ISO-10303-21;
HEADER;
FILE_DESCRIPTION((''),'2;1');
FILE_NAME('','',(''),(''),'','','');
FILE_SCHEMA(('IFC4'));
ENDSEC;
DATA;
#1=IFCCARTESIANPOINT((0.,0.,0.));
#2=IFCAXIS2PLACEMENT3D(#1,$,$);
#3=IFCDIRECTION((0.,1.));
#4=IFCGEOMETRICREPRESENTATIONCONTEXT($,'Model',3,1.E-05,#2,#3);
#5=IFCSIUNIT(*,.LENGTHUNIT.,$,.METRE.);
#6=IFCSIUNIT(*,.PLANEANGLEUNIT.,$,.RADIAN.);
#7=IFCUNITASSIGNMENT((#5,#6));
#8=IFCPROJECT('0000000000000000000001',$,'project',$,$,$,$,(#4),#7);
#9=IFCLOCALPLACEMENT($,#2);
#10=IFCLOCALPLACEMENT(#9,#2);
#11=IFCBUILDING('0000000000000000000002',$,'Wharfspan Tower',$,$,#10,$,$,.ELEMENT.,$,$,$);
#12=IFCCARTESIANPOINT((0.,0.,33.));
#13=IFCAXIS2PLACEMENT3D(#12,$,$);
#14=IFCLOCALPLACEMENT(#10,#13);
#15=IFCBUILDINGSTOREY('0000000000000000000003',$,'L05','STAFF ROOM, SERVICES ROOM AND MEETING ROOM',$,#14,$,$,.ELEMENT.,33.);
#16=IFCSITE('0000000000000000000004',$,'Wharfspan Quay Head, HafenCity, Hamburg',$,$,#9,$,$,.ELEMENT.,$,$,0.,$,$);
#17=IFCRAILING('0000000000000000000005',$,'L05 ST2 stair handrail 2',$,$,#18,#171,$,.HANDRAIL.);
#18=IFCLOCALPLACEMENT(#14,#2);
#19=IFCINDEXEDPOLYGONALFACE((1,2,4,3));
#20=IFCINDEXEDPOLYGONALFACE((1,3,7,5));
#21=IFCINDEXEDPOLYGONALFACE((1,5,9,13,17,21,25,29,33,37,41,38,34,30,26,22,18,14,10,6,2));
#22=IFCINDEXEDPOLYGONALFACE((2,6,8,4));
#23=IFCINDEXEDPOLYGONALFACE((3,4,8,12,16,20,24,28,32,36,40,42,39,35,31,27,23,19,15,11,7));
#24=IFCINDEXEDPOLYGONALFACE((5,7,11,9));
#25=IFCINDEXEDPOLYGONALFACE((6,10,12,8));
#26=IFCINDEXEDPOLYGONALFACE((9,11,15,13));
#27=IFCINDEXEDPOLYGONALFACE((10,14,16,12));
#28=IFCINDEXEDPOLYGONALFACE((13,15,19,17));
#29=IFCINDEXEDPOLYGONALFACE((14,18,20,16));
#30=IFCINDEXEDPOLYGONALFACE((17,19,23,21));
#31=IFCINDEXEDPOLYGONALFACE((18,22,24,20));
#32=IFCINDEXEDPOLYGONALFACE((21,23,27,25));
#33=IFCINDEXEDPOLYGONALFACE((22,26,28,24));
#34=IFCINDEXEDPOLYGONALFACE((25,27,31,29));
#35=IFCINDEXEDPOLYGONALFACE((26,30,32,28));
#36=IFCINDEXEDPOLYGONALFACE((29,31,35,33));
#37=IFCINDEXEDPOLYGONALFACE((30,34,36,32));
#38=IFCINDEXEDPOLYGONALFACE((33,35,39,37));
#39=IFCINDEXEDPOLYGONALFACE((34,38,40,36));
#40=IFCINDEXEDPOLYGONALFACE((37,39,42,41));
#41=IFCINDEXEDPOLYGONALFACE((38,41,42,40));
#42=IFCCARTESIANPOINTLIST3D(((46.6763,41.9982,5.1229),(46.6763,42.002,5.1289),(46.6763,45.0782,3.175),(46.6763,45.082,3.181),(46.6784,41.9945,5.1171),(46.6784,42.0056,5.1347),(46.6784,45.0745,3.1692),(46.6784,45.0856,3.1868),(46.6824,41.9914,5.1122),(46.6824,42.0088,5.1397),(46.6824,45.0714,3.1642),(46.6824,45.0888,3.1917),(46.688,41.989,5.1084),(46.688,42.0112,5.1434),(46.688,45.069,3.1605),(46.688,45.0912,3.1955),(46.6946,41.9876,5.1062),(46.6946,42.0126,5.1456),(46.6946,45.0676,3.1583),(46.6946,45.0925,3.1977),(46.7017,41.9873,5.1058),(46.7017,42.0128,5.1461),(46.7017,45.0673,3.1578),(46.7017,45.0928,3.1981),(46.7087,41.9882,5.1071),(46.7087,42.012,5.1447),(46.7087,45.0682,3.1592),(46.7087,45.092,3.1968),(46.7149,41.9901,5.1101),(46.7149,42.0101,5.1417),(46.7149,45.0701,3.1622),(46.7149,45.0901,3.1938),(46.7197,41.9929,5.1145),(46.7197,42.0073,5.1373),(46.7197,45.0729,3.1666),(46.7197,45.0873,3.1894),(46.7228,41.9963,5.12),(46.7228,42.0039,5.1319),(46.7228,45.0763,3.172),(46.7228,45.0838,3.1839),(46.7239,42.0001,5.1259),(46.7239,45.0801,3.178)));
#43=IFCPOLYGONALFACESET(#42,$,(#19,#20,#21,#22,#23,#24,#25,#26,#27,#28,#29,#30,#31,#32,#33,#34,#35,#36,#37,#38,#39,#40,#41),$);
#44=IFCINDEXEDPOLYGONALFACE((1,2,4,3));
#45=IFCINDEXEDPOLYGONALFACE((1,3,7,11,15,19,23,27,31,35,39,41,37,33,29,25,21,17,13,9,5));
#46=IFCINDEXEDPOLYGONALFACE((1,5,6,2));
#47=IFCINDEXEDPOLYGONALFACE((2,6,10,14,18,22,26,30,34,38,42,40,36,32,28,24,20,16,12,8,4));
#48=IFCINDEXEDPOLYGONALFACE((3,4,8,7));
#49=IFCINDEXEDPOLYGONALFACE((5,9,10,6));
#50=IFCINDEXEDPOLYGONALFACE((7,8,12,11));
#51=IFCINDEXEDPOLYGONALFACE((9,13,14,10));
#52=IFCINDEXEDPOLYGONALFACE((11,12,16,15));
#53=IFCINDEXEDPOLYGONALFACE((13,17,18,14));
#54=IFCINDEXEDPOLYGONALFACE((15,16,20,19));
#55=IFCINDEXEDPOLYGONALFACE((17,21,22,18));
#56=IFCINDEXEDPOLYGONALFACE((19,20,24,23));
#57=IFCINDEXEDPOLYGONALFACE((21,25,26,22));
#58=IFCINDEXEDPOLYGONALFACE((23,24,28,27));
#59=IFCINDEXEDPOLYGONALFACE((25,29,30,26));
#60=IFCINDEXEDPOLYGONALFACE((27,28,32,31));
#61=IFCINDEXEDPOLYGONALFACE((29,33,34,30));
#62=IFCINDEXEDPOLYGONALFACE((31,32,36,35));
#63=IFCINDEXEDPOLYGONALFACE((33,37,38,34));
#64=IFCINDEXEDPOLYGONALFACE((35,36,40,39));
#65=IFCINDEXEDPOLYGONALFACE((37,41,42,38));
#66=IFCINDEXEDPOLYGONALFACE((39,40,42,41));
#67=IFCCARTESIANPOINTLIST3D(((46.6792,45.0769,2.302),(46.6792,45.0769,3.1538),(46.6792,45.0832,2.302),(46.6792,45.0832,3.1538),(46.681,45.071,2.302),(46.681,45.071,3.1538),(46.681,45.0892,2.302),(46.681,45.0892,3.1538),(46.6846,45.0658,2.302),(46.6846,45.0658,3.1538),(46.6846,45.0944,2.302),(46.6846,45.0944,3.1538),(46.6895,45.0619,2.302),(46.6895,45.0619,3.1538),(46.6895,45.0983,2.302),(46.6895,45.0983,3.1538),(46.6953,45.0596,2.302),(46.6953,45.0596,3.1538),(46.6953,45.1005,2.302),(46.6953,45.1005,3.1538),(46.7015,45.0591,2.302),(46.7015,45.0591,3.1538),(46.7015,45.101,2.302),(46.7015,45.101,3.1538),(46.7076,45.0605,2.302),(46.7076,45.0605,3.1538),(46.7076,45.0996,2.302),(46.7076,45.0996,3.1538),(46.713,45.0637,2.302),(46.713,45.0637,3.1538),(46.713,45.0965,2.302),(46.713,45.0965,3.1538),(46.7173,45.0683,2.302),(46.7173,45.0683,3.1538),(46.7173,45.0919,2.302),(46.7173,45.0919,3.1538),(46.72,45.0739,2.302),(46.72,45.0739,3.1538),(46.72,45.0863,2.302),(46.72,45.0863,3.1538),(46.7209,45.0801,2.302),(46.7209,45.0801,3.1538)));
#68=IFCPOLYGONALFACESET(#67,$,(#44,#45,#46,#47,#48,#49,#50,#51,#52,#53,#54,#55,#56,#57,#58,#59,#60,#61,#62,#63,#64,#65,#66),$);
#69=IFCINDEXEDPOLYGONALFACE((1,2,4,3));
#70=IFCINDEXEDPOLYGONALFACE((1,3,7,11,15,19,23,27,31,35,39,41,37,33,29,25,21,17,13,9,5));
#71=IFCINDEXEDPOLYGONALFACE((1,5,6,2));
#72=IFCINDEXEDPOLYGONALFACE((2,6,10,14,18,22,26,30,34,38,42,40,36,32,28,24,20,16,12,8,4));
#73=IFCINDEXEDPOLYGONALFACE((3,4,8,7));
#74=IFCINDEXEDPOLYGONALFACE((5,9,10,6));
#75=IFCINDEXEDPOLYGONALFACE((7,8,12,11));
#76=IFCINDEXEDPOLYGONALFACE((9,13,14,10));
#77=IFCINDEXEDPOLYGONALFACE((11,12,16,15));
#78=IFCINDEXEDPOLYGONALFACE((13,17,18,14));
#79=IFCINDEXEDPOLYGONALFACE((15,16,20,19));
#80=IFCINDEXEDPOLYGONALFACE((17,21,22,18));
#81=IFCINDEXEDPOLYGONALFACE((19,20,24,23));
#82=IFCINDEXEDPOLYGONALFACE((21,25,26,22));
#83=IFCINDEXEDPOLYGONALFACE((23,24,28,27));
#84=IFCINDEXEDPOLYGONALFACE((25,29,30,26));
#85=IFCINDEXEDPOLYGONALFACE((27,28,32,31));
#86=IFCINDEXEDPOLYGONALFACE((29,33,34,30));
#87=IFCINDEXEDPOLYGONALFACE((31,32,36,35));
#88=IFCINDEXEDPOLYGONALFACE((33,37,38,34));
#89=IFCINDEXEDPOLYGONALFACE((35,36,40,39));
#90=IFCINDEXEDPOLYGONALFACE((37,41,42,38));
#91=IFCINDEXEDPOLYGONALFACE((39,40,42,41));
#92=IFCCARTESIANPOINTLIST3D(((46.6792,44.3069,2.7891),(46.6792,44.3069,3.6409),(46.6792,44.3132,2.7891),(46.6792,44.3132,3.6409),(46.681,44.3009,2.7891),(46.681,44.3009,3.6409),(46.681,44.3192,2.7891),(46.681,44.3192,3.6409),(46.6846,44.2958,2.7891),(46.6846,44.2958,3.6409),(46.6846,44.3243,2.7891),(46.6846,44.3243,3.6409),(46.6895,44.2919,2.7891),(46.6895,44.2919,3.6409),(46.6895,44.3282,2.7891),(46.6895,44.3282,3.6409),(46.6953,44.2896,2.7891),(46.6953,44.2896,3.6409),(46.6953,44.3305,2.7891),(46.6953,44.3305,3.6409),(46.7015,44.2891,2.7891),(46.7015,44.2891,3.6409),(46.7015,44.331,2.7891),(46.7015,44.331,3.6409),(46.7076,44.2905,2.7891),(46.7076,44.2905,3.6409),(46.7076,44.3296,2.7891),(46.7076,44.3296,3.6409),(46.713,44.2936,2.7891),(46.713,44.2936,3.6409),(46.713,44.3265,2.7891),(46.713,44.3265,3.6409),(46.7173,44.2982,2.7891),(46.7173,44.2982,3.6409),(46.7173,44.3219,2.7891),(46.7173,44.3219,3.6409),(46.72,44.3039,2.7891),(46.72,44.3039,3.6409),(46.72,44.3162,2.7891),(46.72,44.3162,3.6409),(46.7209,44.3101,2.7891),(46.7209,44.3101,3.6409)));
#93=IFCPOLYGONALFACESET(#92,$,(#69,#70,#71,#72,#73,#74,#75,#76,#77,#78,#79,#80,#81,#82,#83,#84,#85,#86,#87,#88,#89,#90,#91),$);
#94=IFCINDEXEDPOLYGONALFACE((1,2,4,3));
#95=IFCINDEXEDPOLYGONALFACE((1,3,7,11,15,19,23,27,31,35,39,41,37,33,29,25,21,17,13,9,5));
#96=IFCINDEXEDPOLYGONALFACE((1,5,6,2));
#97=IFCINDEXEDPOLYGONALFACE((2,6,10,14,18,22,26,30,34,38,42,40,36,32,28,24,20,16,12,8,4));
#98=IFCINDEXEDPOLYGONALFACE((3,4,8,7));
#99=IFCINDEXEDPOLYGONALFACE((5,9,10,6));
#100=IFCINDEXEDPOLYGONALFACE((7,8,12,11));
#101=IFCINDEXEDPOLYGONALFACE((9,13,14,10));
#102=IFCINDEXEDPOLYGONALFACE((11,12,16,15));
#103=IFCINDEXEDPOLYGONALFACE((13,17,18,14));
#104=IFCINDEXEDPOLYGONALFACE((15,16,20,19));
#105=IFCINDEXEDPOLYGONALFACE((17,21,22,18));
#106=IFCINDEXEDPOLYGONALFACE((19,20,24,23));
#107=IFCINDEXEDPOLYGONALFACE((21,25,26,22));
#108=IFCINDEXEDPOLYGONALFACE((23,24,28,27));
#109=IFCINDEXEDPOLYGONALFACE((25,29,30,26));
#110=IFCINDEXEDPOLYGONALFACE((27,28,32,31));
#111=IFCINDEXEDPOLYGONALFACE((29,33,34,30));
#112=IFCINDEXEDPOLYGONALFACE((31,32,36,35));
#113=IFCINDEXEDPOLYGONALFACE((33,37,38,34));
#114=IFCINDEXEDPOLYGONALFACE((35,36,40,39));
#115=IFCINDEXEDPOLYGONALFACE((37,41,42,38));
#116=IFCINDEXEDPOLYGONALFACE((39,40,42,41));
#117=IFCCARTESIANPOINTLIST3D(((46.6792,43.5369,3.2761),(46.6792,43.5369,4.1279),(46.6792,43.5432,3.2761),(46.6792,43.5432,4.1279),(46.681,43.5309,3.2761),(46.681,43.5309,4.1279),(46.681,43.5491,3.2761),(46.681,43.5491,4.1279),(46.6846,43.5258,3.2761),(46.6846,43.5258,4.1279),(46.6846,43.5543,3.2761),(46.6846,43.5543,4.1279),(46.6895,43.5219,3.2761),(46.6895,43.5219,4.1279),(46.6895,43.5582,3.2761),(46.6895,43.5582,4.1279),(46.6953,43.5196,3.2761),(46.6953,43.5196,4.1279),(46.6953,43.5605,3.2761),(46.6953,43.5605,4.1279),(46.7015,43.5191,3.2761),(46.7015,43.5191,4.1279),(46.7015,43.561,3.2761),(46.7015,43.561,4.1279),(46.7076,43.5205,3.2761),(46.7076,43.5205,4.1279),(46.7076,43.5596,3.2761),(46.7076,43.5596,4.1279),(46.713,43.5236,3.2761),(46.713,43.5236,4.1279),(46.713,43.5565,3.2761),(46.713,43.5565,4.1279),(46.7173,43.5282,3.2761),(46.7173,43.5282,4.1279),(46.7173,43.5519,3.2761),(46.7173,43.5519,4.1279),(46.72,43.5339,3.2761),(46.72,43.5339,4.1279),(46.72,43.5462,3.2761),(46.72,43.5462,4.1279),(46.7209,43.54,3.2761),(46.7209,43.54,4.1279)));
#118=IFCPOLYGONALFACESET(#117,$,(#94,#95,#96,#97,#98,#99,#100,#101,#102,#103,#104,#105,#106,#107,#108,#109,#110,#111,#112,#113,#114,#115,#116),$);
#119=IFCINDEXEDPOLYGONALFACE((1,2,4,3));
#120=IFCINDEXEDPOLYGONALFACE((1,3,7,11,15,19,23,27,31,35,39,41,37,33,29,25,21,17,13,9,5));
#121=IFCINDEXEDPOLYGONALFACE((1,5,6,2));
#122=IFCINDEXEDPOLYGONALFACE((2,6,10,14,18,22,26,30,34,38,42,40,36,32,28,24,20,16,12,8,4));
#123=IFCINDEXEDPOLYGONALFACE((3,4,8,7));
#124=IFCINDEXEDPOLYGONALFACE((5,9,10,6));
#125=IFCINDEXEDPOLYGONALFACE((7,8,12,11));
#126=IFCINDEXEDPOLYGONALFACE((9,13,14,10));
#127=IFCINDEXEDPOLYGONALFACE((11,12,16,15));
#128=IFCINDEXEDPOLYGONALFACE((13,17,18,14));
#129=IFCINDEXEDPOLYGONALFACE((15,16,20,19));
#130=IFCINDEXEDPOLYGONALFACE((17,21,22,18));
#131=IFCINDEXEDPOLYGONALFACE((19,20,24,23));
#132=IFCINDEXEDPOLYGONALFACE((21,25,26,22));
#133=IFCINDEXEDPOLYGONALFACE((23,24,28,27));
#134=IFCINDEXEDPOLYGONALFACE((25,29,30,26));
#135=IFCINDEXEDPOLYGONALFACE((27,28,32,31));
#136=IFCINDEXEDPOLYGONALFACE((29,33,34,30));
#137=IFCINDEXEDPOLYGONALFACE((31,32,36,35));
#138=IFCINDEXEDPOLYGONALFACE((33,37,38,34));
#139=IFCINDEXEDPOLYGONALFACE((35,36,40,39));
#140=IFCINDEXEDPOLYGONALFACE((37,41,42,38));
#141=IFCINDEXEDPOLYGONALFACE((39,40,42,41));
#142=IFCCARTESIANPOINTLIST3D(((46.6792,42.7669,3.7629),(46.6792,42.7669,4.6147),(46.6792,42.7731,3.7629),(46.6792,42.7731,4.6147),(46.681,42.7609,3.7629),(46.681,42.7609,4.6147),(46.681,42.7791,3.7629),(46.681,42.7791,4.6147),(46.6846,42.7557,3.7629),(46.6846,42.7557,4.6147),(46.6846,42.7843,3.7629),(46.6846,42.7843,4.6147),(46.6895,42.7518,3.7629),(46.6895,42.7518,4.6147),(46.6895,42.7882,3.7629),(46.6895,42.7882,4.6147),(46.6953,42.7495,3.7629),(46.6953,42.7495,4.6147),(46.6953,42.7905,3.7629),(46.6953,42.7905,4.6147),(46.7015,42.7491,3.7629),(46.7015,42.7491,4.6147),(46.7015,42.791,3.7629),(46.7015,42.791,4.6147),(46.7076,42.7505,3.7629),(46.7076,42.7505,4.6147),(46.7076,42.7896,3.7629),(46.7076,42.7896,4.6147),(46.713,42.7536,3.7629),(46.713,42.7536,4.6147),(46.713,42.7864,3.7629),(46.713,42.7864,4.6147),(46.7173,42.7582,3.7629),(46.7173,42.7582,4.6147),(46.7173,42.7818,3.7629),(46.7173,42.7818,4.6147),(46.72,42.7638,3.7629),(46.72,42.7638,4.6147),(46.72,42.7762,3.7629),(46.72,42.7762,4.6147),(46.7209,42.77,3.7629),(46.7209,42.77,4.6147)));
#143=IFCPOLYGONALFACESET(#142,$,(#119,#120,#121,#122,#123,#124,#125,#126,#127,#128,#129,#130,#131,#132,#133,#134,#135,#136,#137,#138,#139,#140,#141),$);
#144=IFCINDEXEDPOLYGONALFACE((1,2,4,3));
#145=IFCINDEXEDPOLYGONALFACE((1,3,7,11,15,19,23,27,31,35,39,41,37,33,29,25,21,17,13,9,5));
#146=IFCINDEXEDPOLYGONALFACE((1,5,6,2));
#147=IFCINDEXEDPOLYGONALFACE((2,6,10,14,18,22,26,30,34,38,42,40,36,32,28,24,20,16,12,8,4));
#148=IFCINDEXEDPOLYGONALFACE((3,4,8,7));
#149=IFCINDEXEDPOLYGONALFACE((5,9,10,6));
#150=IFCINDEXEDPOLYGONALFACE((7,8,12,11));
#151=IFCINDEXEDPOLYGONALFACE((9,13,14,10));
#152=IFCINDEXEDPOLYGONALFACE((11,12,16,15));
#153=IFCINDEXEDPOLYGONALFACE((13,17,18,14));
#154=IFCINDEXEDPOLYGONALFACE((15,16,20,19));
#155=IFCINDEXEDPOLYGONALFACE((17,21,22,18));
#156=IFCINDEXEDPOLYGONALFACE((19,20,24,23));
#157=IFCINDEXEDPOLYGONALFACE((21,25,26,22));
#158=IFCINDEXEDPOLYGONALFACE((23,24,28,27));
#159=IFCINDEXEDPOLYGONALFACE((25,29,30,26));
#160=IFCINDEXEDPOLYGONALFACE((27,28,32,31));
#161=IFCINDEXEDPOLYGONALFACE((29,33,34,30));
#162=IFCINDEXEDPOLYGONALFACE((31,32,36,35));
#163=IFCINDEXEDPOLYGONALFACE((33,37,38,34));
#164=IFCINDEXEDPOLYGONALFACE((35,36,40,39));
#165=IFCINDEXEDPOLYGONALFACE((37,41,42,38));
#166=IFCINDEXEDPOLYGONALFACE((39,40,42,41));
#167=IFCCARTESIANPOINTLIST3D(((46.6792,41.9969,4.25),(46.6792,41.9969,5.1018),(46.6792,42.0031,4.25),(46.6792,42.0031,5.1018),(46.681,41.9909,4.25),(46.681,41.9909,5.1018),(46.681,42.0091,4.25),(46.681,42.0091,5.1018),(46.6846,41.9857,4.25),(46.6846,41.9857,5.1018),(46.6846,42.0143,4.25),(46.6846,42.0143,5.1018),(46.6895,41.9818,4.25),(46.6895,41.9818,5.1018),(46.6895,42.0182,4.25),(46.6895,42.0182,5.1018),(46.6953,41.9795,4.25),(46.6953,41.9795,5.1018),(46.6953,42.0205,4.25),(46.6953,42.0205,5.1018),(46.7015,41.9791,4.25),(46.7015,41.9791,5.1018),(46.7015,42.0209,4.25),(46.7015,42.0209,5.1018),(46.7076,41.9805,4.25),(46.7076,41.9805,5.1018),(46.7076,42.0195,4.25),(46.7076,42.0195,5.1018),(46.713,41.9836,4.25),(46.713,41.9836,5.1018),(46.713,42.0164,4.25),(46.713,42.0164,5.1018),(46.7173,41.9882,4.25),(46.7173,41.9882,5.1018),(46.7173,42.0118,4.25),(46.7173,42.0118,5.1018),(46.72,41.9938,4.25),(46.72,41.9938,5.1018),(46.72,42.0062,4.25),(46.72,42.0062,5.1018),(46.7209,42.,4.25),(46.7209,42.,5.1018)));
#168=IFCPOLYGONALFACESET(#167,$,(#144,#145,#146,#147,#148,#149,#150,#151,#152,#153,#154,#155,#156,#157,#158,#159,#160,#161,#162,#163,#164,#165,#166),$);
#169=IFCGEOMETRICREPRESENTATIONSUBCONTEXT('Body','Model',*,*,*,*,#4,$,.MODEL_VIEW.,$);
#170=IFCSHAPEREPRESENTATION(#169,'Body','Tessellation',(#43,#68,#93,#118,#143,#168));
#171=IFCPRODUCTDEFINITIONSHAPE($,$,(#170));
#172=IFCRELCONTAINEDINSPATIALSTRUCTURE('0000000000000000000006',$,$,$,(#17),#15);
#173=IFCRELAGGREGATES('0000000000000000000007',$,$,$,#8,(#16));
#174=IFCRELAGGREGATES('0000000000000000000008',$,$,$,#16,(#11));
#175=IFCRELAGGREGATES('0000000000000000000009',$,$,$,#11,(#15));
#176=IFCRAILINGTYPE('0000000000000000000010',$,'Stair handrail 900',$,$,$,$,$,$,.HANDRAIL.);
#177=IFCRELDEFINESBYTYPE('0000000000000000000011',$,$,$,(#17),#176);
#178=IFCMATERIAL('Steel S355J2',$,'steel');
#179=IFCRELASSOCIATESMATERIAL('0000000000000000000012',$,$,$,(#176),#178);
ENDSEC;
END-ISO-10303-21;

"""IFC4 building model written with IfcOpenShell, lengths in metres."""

from ifc_helpers import new_model, si_unit, direction, frame, origin, origin_2d, place, context, subcontext, project, spatial, circle, extrude, material, type_object, element, save


model = new_model("IFC4")

# Units and contexts
model_context = context("Model", 3, precision=1e-05, world=origin(), true_north=direction((0.0, 1.0)))
body_context = subcontext(model_context, "Body", "Model", "MODEL_VIEW")
ifc_project = project(units=[si_unit("LENGTHUNIT", "METRE"), si_unit("PLANEANGLEUNIT", "RADIAN")], contexts=[model_context])

# Site, building, storey
site_placement = place(None, origin())
site = spatial("IfcSite", under=ifc_project, at=site_placement, Name="Wharfspan Quay Head, HafenCity, Hamburg", CompositionType="ELEMENT", RefElevation=0.0)
building_placement = place(site_placement, origin())
building = spatial("IfcBuilding", under=site, at=building_placement, Name="Wharfspan Tower", CompositionType="ELEMENT")
storey_placement = place(building_placement, frame((0.0, 0.0, 33.0)))
storey = spatial("IfcBuildingStorey", under=building, at=storey_placement, Name="L05", Description="STAFF ROOM, SERVICES ROOM AND MEETING ROOM", CompositionType="ELEMENT", Elevation=33.0)

# Railing
ifc_material_1 = material(Name="Steel S355J2", Category="steel")
railing_type_1 = type_object("IfcRailingType", Name="Stair handrail 900", PredefinedType="HANDRAIL", material=ifc_material_1)
railing_1_placement = place(storey_placement, frame((46.7, 45.0801, 2.302)))
element("IfcRailing", 1, at=railing_1_placement, inside=storey, type_object=railing_type_1, Name="L05 ST2 stair handrail 2", PredefinedType="HANDRAIL", context=body_context, shape_type="SweptSolid", body=[
    extrude(circle(Radius=0.0239, at=origin_2d()), frame((0.0, 0.0, 0.876), z_axis=(0.0, -0.845156, 0.53452), x_axis=(1.0, 0.0, 0.0)), (0.0, 0.0, 1.0), 3.6443),
    extrude(circle(Radius=0.021, at=origin_2d()), origin(), (0.0, 0.0, 1.0), 0.8518),
    extrude(circle(Radius=0.021, at=origin_2d()), frame((0.0, -0.77, 0.4871)), (0.0, 0.0, 1.0), 0.8518),
    extrude(circle(Radius=0.021, at=origin_2d()), frame((0.0, -1.54, 0.9741)), (0.0, 0.0, 1.0), 0.8518),
    extrude(circle(Radius=0.021, at=origin_2d()), frame((0.0, -2.3101, 1.4609)), (0.0, 0.0, 1.0), 0.8518),
    extrude(circle(Radius=0.021, at=origin_2d()), frame((0.0, -3.0801, 1.948)), (0.0, 0.0, 1.0), 0.8518),
])

save(model, "model.ifc")
